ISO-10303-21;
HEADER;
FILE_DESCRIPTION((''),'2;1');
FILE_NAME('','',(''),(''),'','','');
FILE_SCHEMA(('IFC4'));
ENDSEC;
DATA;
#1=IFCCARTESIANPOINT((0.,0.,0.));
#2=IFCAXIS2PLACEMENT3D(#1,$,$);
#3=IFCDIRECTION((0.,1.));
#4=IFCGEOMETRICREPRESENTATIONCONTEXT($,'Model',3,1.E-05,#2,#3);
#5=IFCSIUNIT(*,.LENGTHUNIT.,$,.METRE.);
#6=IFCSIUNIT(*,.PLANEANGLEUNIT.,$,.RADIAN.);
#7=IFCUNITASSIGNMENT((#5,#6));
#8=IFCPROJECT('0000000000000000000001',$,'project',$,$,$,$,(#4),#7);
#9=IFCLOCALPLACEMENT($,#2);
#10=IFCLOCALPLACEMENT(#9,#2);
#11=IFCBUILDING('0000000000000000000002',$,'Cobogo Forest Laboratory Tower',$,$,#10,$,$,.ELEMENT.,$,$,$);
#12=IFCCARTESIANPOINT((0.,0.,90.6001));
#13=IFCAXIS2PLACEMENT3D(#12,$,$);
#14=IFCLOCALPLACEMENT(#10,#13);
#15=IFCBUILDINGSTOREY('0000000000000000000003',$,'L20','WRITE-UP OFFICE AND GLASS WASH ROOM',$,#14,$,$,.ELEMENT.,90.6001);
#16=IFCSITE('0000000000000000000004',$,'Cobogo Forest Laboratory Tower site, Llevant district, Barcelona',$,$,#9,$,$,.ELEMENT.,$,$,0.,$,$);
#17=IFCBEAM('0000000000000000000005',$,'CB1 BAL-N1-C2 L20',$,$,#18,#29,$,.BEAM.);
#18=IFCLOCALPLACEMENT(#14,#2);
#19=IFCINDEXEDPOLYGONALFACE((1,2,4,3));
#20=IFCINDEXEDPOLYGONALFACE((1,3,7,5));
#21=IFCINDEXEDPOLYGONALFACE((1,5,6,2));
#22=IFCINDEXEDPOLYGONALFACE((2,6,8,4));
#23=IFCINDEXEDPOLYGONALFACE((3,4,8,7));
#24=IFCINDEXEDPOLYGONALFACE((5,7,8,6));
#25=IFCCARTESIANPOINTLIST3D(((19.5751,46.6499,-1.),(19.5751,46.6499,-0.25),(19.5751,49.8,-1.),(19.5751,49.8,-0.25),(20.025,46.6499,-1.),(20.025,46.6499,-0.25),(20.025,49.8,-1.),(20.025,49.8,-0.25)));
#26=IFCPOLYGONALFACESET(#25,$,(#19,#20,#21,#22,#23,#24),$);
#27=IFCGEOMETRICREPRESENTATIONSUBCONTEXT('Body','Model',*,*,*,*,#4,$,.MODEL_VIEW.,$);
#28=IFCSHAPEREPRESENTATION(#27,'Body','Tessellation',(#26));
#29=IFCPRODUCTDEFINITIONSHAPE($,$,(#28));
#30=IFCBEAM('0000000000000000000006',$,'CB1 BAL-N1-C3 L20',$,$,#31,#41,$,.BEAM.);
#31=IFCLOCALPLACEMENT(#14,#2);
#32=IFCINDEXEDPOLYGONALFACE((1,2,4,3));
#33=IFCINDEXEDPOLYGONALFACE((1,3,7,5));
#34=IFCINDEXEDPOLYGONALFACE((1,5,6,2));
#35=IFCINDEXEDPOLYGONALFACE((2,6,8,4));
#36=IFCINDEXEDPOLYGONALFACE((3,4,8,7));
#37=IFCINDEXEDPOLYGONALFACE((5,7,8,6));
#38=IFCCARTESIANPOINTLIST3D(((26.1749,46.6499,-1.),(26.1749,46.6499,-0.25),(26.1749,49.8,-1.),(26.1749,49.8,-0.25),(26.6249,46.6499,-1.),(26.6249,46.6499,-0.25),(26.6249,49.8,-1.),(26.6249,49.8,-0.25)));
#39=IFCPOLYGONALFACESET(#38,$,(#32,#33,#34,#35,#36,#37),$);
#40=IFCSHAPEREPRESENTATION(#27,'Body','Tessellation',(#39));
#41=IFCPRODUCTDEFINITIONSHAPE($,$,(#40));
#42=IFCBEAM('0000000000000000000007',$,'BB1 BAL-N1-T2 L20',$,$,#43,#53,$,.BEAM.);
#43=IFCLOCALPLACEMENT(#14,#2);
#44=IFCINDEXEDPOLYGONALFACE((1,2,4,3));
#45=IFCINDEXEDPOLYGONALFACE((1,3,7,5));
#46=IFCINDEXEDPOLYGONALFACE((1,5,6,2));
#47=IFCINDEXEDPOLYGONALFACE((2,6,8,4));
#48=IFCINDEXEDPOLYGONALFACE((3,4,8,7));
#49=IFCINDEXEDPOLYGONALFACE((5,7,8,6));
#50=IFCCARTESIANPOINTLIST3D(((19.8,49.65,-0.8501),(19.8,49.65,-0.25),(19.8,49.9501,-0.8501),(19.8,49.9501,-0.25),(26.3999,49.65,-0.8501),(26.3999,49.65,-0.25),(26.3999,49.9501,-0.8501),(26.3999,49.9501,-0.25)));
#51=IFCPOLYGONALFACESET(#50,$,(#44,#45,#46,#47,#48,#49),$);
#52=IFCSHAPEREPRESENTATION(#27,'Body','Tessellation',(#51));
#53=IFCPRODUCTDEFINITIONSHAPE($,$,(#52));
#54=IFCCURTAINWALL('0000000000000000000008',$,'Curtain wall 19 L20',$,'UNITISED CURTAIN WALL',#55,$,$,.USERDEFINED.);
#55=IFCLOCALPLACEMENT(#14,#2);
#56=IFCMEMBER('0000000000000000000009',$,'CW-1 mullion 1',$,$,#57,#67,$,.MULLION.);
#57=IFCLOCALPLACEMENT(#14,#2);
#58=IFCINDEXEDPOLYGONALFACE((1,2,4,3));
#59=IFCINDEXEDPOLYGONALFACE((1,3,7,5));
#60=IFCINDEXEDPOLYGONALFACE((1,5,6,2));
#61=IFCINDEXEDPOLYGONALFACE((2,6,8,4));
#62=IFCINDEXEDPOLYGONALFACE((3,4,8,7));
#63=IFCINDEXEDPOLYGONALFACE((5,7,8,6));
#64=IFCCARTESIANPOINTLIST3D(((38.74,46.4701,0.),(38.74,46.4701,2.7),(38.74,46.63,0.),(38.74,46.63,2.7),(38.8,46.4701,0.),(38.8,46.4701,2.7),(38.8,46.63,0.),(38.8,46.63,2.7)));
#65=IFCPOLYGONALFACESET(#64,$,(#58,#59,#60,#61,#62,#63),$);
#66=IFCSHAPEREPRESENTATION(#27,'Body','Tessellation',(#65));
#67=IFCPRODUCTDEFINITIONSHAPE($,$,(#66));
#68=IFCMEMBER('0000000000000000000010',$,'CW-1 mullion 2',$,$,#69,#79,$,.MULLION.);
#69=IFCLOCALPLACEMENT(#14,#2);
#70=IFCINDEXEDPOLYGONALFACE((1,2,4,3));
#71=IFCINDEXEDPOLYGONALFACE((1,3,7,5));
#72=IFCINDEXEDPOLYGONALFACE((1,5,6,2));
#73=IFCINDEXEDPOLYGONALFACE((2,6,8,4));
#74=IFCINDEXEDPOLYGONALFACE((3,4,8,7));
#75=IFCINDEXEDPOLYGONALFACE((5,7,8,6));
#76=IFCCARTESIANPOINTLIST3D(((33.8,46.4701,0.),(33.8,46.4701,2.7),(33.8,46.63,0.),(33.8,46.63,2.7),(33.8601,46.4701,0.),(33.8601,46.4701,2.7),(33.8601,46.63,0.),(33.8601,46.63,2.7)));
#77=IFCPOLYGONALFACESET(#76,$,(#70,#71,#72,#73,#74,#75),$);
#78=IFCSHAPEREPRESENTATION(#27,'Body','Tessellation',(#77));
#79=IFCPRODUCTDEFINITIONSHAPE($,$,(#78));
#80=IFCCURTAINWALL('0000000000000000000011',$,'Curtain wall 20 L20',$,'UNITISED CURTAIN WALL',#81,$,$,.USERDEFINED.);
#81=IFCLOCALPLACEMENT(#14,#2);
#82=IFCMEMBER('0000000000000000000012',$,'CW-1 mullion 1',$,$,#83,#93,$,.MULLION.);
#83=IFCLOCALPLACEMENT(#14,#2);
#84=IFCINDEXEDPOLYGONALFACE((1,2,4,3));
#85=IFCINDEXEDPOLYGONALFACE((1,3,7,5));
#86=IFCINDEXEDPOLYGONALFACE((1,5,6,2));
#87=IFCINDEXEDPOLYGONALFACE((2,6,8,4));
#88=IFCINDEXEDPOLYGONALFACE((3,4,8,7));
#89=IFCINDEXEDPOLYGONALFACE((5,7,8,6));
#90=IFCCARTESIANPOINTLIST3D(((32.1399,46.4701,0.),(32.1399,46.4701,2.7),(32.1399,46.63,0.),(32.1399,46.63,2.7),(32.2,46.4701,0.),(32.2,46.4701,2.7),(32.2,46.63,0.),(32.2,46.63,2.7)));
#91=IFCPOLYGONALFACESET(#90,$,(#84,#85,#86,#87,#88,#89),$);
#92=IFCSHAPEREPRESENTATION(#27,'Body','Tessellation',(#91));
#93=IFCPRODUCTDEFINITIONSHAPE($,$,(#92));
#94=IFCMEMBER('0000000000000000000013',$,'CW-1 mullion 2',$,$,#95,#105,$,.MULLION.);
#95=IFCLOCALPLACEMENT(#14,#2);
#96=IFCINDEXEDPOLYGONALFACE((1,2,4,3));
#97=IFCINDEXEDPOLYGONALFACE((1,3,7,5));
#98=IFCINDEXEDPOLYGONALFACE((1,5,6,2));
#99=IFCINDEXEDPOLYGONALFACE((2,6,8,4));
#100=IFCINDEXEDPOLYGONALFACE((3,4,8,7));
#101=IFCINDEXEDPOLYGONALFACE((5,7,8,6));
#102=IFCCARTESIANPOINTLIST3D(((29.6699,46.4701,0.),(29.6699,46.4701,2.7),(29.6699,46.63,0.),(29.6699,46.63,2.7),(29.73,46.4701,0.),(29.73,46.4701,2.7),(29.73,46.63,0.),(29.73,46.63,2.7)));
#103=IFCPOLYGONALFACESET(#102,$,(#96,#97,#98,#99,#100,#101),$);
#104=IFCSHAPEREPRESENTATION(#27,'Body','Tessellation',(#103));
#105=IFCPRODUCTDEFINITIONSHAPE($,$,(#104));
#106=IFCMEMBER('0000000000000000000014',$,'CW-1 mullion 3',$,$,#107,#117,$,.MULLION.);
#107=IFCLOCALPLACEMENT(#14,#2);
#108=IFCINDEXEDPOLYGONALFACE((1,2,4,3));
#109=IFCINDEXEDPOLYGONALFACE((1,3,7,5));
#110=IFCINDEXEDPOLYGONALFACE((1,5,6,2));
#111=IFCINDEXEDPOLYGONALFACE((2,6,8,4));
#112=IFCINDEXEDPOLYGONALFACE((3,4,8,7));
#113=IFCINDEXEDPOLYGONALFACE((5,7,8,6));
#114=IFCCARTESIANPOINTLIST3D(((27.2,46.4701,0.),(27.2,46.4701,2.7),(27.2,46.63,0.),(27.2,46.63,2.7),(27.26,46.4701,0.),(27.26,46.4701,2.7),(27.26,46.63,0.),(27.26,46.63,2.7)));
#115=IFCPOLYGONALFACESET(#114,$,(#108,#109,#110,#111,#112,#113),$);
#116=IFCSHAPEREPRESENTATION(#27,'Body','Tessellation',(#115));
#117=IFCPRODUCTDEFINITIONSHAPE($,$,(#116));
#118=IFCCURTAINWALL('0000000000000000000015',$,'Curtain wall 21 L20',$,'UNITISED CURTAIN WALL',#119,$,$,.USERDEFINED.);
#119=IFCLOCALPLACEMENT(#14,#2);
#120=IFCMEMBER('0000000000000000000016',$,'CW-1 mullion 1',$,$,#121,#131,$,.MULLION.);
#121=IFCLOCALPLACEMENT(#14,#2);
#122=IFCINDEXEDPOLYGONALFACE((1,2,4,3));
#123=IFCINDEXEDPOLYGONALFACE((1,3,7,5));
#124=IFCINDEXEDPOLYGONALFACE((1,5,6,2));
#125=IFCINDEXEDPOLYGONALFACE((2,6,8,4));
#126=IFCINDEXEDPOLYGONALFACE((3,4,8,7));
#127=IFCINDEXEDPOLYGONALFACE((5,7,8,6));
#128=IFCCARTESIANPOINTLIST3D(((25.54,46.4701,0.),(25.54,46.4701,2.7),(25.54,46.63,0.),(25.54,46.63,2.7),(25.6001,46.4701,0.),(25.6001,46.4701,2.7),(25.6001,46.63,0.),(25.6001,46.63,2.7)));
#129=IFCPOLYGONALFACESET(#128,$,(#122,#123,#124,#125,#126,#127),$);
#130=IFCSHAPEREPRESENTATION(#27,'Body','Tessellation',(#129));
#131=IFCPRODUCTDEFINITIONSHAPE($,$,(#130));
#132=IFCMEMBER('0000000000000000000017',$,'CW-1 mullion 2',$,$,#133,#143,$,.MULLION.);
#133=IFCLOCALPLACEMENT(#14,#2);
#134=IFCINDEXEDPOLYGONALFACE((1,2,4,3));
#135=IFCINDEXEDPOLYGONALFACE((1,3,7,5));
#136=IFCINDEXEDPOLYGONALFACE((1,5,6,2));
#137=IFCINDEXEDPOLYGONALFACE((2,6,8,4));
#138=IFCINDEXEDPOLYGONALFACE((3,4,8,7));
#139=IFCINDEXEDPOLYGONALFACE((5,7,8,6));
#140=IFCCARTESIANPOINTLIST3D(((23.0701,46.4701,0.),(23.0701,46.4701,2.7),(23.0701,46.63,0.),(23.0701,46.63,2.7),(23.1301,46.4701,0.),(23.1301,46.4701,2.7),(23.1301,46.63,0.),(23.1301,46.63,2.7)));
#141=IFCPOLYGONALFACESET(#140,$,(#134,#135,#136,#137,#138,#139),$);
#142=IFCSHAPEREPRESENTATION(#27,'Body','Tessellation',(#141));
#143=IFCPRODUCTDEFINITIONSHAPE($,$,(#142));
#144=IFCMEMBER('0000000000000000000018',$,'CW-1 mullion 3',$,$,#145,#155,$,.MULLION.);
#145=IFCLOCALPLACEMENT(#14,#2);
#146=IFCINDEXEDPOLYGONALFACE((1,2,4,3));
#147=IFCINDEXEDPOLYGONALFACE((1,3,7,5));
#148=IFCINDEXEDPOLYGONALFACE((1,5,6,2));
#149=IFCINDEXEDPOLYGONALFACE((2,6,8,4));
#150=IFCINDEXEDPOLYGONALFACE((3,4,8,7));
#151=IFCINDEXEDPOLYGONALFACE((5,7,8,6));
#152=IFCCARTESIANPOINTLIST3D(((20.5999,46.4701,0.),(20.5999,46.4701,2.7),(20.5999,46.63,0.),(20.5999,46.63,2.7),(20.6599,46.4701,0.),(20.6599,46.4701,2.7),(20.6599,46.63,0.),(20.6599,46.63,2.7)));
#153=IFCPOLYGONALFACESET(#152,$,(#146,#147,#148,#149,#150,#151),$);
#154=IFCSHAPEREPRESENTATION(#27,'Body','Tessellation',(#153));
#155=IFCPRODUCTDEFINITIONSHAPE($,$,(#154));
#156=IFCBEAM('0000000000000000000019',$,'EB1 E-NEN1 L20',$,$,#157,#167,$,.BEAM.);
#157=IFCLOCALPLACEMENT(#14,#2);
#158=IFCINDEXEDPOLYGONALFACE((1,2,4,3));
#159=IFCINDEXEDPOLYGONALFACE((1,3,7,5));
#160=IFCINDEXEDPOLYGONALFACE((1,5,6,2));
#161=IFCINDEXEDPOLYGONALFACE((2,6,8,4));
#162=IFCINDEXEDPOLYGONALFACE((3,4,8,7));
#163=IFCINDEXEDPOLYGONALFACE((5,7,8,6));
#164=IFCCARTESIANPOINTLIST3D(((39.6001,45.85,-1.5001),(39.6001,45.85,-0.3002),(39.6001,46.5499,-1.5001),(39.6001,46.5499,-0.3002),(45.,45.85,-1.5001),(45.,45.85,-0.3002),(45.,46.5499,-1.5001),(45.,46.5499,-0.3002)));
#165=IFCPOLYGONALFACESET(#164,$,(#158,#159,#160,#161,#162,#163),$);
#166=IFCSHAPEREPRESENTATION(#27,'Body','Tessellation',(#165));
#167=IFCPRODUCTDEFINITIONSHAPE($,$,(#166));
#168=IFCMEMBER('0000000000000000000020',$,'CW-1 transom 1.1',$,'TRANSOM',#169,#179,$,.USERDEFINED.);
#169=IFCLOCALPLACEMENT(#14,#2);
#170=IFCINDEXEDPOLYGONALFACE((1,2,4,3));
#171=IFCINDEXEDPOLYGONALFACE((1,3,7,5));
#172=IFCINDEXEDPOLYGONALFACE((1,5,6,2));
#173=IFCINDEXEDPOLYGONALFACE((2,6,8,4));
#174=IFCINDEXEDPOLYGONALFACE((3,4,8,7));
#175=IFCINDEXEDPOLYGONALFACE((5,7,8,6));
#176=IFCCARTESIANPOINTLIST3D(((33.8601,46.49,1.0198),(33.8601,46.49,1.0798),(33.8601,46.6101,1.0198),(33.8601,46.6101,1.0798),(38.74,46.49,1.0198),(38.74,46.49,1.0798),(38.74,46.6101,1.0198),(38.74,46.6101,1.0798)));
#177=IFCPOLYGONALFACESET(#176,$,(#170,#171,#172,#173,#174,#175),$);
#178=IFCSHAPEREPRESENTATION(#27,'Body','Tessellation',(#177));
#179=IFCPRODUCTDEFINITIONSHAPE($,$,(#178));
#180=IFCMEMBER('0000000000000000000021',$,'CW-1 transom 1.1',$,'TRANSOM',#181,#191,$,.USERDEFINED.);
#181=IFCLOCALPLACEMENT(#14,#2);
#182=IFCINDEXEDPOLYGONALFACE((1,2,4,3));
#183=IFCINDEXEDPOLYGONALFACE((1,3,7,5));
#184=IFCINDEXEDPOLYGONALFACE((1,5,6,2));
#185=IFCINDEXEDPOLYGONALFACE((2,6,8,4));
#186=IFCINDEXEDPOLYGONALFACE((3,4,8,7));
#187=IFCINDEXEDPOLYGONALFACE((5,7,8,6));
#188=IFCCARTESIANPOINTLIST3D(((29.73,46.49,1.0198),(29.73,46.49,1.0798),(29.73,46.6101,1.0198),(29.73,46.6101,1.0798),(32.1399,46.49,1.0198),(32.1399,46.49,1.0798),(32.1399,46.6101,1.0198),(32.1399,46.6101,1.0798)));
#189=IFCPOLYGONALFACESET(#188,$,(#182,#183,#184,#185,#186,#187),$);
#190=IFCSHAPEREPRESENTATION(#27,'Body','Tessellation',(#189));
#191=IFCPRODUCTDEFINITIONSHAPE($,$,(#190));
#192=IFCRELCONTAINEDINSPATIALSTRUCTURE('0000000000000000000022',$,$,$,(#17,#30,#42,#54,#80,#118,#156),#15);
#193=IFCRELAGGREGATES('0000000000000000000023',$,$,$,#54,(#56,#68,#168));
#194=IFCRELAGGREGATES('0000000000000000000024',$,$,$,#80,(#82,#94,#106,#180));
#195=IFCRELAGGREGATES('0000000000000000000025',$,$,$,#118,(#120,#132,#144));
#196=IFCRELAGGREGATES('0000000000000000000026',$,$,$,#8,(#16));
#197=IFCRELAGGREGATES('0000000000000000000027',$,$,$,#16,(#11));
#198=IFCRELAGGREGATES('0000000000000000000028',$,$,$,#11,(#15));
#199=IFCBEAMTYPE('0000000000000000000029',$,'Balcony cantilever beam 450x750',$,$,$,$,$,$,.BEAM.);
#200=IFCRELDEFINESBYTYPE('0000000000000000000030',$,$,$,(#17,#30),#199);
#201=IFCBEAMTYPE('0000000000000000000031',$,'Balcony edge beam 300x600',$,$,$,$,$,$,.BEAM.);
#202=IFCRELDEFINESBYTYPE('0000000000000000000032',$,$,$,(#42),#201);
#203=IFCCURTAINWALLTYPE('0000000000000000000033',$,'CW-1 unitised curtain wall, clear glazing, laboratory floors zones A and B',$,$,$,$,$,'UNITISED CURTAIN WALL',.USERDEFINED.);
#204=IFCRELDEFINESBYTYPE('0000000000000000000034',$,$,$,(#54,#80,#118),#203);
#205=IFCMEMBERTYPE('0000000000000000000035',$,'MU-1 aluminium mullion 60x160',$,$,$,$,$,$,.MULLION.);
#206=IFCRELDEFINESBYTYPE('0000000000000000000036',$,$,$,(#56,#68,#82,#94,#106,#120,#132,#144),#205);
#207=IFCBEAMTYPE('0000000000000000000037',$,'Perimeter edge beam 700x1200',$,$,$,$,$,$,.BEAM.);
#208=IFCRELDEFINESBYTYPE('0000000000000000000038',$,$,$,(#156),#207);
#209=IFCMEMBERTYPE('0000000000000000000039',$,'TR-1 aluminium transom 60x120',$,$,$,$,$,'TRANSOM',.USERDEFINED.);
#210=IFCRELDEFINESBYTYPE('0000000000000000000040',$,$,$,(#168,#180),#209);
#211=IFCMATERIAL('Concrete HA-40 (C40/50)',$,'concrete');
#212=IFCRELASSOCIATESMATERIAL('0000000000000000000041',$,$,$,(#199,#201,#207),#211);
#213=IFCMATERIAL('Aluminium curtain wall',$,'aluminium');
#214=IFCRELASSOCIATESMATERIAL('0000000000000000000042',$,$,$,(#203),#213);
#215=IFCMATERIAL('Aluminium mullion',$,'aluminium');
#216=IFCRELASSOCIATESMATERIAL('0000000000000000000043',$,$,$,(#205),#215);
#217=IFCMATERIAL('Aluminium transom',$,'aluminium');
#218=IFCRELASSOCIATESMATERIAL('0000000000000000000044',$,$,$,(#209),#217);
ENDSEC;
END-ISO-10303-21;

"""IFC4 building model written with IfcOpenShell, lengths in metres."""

from ifc_helpers import new_model, si_unit, direction, frame, origin, origin_2d, place, context, subcontext, project, spatial, rectangle, extrude, material, material_profile, profile_set, type_object, element, aggregate, save


model = new_model("IFC4")

# Units and contexts
model_context = context("Model", 3, precision=1e-05, world=origin(), true_north=direction((0.0, 1.0)))
body_context = subcontext(model_context, "Body", "Model", "MODEL_VIEW")
ifc_project = project(units=[si_unit("LENGTHUNIT", "METRE"), si_unit("PLANEANGLEUNIT", "RADIAN")], contexts=[model_context])

# Site, building, storey
site_placement = place(None, origin())
site = spatial("IfcSite", under=ifc_project, at=site_placement, Name="Cobogo Forest Laboratory Tower site, Llevant district, Barcelona", CompositionType="ELEMENT", RefElevation=0.0)
building_placement = place(site_placement, origin())
building = spatial("IfcBuilding", under=site, at=building_placement, Name="Cobogo Forest Laboratory Tower", CompositionType="ELEMENT")
storey_placement = place(building_placement, frame((0.0, 0.0, 90.6001)))
storey = spatial("IfcBuildingStorey", under=building, at=storey_placement, Name="L20", Description="WRITE-UP OFFICE AND GLASS WASH ROOM", CompositionType="ELEMENT", Elevation=90.6001)

# Beams
ifc_material_1 = material(Name="Concrete HA-40 (C40/50)", Category="concrete")
ifc_material_profile_1 = material_profile(ifc_material_1, rectangle(XDim=0.45, YDim=0.75, at=origin_2d()), Name="RC 450x750")
ifc_profile_set_1 = profile_set([ifc_material_profile_1], Name="Concrete HA-40 (C40/50)")
beam_type_1 = type_object("IfcBeamType", Name="Balcony cantilever beam 450x750", PredefinedType="BEAM", material=ifc_profile_set_1)
for number, where, z_axis, x_axis, name in (
    (1, (19.8, 46.6499, -0.625), (0.0, 1.0, 0.0), (-1.0, 0.0, 0.0), "CB1 BAL-N1-C2 L20"),
    (2, (26.3999, 46.6499, -0.625), (0.0, 1.0, 0.0), (-1.0, 0.0, 0.0), "CB1 BAL-N1-C3 L20"),
):
    element("IfcBeam", number, at=place(storey_placement, frame(where, z_axis=z_axis, x_axis=x_axis)), inside=storey, type_object=beam_type_1, Name=name, PredefinedType="BEAM", context=body_context, shape_type="SweptSolid", body=[
        extrude(rectangle(XDim=0.45, YDim=0.75, at=origin_2d()), origin(), (0.0, 0.0, 1.0), 3.1501),
    ])
ifc_material_profile_2 = material_profile(ifc_material_1, rectangle(XDim=0.3, YDim=0.6001, at=origin_2d()), Name="RC 300x600")
ifc_profile_set_2 = profile_set([ifc_material_profile_2], Name="Concrete HA-40 (C40/50)")
beam_type_2 = type_object("IfcBeamType", Name="Balcony edge beam 300x600", PredefinedType="BEAM", material=ifc_profile_set_2)
beam_1_placement = place(storey_placement, frame((19.8, 49.8, -0.55), z_axis=(1.0, 0.0, 0.0), x_axis=(0.0, 1.0, 0.0)))
element("IfcBeam", 3, at=beam_1_placement, inside=storey, type_object=beam_type_2, Name="BB1 BAL-N1-T2 L20", PredefinedType="BEAM", context=body_context, shape_type="SweptSolid", body=[
    extrude(rectangle(XDim=0.3, YDim=0.6001, at=origin_2d()), origin(), (0.0, 0.0, 1.0), 6.5999),
])

# Curtain walls, members
ifc_material_2 = material(Name="Aluminium curtain wall", Category="aluminium")
curtain_wall_type = type_object("IfcCurtainWallType", Name="CW-1 unitised curtain wall, clear glazing, laboratory floors zones A and B", ElementType="UNITISED CURTAIN WALL", PredefinedType="USERDEFINED", material=ifc_material_2)
curtain_wall_1_placement = place(storey_placement, origin())
curtain_wall_1 = element("IfcCurtainWall", 4, at=curtain_wall_1_placement, inside=storey, type_object=curtain_wall_type, Name="Curtain wall 19 L20", ObjectType="UNITISED CURTAIN WALL", PredefinedType="USERDEFINED")
ifc_material_3 = material(Name="Aluminium mullion", Category="aluminium")
ifc_material_profile_3 = material_profile(ifc_material_3, rectangle(XDim=0.0601, YDim=0.1599, at=origin_2d()), Name="AL 60x160")
ifc_profile_set_3 = profile_set([ifc_material_profile_3], Name="Aluminium mullion")
member_type_1 = type_object("IfcMemberType", Name="MU-1 aluminium mullion 60x160", PredefinedType="MULLION", material=ifc_profile_set_3)
member_1_placement = place(storey_placement, frame((38.77, 46.55, 0.0), z_axis=(0.0, 0.0, 1.0), x_axis=(-1.0, 0.0, 0.0)))
member_1 = element("IfcMember", 5, at=member_1_placement, type_object=member_type_1, Name="CW-1 mullion 1", PredefinedType="MULLION", context=body_context, shape_type="SweptSolid", body=[
    extrude(rectangle(XDim=0.0601, YDim=0.1599, at=origin_2d()), origin(), (0.0, 0.0, 1.0), 2.7),
])
member_2_placement = place(storey_placement, frame((33.8301, 46.55, 0.0), z_axis=(0.0, 0.0, 1.0), x_axis=(-1.0, 0.0, 0.0)))
member_2 = element("IfcMember", 6, at=member_2_placement, type_object=member_type_1, Name="CW-1 mullion 2", PredefinedType="MULLION", context=body_context, shape_type="SweptSolid", body=[
    extrude(rectangle(XDim=0.0601, YDim=0.1599, at=origin_2d()), origin(), (0.0, 0.0, 1.0), 2.7),
])
curtain_wall_2_placement = place(storey_placement, origin())
curtain_wall_2 = element("IfcCurtainWall", 7, at=curtain_wall_2_placement, inside=storey, type_object=curtain_wall_type, Name="Curtain wall 20 L20", ObjectType="UNITISED CURTAIN WALL", PredefinedType="USERDEFINED")
member_3_placement = place(storey_placement, frame((32.1699, 46.55, 0.0), z_axis=(0.0, 0.0, 1.0), x_axis=(-1.0, 0.0, 0.0)))
member_3 = element("IfcMember", 8, at=member_3_placement, type_object=member_type_1, Name="CW-1 mullion 1", PredefinedType="MULLION", context=body_context, shape_type="SweptSolid", body=[
    extrude(rectangle(XDim=0.0601, YDim=0.1599, at=origin_2d()), origin(), (0.0, 0.0, 1.0), 2.7),
])
member_4_placement = place(storey_placement, frame((29.7, 46.55, 0.0), z_axis=(0.0, 0.0, 1.0), x_axis=(-1.0, 0.0, 0.0)))
member_4 = element("IfcMember", 9, at=member_4_placement, type_object=member_type_1, Name="CW-1 mullion 2", PredefinedType="MULLION", context=body_context, shape_type="SweptSolid", body=[
    extrude(rectangle(XDim=0.0601, YDim=0.1599, at=origin_2d()), origin(), (0.0, 0.0, 1.0), 2.7),
])
member_5_placement = place(storey_placement, frame((27.23, 46.55, 0.0), z_axis=(0.0, 0.0, 1.0), x_axis=(-1.0, 0.0, 0.0)))
member_5 = element("IfcMember", 10, at=member_5_placement, type_object=member_type_1, Name="CW-1 mullion 3", PredefinedType="MULLION", context=body_context, shape_type="SweptSolid", body=[
    extrude(rectangle(XDim=0.0601, YDim=0.1599, at=origin_2d()), origin(), (0.0, 0.0, 1.0), 2.7),
])
curtain_wall_3_placement = place(storey_placement, origin())
curtain_wall_3 = element("IfcCurtainWall", 11, at=curtain_wall_3_placement, inside=storey, type_object=curtain_wall_type, Name="Curtain wall 21 L20", ObjectType="UNITISED CURTAIN WALL", PredefinedType="USERDEFINED")
member_6_placement = place(storey_placement, frame((25.5701, 46.55, 0.0), z_axis=(0.0, 0.0, 1.0), x_axis=(-1.0, 0.0, 0.0)))
member_6 = element("IfcMember", 12, at=member_6_placement, type_object=member_type_1, Name="CW-1 mullion 1", PredefinedType="MULLION", context=body_context, shape_type="SweptSolid", body=[
    extrude(rectangle(XDim=0.0601, YDim=0.1599, at=origin_2d()), origin(), (0.0, 0.0, 1.0), 2.7),
])
member_7_placement = place(storey_placement, frame((23.1001, 46.55, 0.0), z_axis=(0.0, 0.0, 1.0), x_axis=(-1.0, 0.0, 0.0)))
member_7 = element("IfcMember", 13, at=member_7_placement, type_object=member_type_1, Name="CW-1 mullion 2", PredefinedType="MULLION", context=body_context, shape_type="SweptSolid", body=[
    extrude(rectangle(XDim=0.0601, YDim=0.1599, at=origin_2d()), origin(), (0.0, 0.0, 1.0), 2.7),
])
member_8_placement = place(storey_placement, frame((20.6299, 46.55, 0.0), z_axis=(0.0, 0.0, 1.0), x_axis=(-1.0, 0.0, 0.0)))
member_8 = element("IfcMember", 14, at=member_8_placement, type_object=member_type_1, Name="CW-1 mullion 3", PredefinedType="MULLION", context=body_context, shape_type="SweptSolid", body=[
    extrude(rectangle(XDim=0.0601, YDim=0.1599, at=origin_2d()), origin(), (0.0, 0.0, 1.0), 2.7),
])

# Beam
ifc_material_profile_4 = material_profile(ifc_material_1, rectangle(XDim=0.7, YDim=1.2, at=origin_2d()), Name="RC 700x1200")
ifc_profile_set_4 = profile_set([ifc_material_profile_4], Name="Concrete HA-40 (C40/50)")
beam_type_3 = type_object("IfcBeamType", Name="Perimeter edge beam 700x1200", PredefinedType="BEAM", material=ifc_profile_set_4)
beam_2_placement = place(storey_placement, frame((39.6001, 46.2, -0.9001), z_axis=(1.0, 0.0, 0.0), x_axis=(0.0, 1.0, 0.0)))
element("IfcBeam", 15, at=beam_2_placement, inside=storey, type_object=beam_type_3, Name="EB1 E-NEN1 L20", PredefinedType="BEAM", context=body_context, shape_type="SweptSolid", body=[
    extrude(rectangle(XDim=0.7, YDim=1.2, at=origin_2d()), origin(), (0.0, 0.0, 1.0), 5.3999),
])

# Members
ifc_material_4 = material(Name="Aluminium transom", Category="aluminium")
ifc_material_profile_5 = material_profile(ifc_material_4, rectangle(XDim=0.1201, YDim=0.0601, at=origin_2d()), Name="AL 60x120")
ifc_profile_set_5 = profile_set([ifc_material_profile_5], Name="Aluminium transom")
member_type_2 = type_object("IfcMemberType", Name="TR-1 aluminium transom 60x120", ElementType="TRANSOM", PredefinedType="USERDEFINED", material=ifc_profile_set_5)
member_9_placement = place(storey_placement, frame((38.74, 46.55, 1.0498), z_axis=(-1.0, 0.0, 0.0), x_axis=(0.0, -1.0, 0.0)))
member_9 = element("IfcMember", 16, at=member_9_placement, type_object=member_type_2, Name="CW-1 transom 1.1", ObjectType="TRANSOM", PredefinedType="USERDEFINED", context=body_context, shape_type="SweptSolid", body=[
    extrude(rectangle(XDim=0.1201, YDim=0.0601, at=origin_2d()), origin(), (0.0, 0.0, 1.0), 4.8799),
])
member_10_placement = place(storey_placement, frame((32.1399, 46.55, 1.0498), z_axis=(-1.0, 0.0, 0.0), x_axis=(0.0, -1.0, 0.0)))
member_10 = element("IfcMember", 17, at=member_10_placement, type_object=member_type_2, Name="CW-1 transom 1.1", ObjectType="TRANSOM", PredefinedType="USERDEFINED", context=body_context, shape_type="SweptSolid", body=[
    extrude(rectangle(XDim=0.1201, YDim=0.0601, at=origin_2d()), origin(), (0.0, 0.0, 1.0), 2.4099),
])

aggregate(curtain_wall_1, [member_1, member_2, member_9])
aggregate(curtain_wall_2, [member_3, member_4, member_5, member_10])
aggregate(curtain_wall_3, [member_6, member_7, member_8])

save(model, "model.ifc")
